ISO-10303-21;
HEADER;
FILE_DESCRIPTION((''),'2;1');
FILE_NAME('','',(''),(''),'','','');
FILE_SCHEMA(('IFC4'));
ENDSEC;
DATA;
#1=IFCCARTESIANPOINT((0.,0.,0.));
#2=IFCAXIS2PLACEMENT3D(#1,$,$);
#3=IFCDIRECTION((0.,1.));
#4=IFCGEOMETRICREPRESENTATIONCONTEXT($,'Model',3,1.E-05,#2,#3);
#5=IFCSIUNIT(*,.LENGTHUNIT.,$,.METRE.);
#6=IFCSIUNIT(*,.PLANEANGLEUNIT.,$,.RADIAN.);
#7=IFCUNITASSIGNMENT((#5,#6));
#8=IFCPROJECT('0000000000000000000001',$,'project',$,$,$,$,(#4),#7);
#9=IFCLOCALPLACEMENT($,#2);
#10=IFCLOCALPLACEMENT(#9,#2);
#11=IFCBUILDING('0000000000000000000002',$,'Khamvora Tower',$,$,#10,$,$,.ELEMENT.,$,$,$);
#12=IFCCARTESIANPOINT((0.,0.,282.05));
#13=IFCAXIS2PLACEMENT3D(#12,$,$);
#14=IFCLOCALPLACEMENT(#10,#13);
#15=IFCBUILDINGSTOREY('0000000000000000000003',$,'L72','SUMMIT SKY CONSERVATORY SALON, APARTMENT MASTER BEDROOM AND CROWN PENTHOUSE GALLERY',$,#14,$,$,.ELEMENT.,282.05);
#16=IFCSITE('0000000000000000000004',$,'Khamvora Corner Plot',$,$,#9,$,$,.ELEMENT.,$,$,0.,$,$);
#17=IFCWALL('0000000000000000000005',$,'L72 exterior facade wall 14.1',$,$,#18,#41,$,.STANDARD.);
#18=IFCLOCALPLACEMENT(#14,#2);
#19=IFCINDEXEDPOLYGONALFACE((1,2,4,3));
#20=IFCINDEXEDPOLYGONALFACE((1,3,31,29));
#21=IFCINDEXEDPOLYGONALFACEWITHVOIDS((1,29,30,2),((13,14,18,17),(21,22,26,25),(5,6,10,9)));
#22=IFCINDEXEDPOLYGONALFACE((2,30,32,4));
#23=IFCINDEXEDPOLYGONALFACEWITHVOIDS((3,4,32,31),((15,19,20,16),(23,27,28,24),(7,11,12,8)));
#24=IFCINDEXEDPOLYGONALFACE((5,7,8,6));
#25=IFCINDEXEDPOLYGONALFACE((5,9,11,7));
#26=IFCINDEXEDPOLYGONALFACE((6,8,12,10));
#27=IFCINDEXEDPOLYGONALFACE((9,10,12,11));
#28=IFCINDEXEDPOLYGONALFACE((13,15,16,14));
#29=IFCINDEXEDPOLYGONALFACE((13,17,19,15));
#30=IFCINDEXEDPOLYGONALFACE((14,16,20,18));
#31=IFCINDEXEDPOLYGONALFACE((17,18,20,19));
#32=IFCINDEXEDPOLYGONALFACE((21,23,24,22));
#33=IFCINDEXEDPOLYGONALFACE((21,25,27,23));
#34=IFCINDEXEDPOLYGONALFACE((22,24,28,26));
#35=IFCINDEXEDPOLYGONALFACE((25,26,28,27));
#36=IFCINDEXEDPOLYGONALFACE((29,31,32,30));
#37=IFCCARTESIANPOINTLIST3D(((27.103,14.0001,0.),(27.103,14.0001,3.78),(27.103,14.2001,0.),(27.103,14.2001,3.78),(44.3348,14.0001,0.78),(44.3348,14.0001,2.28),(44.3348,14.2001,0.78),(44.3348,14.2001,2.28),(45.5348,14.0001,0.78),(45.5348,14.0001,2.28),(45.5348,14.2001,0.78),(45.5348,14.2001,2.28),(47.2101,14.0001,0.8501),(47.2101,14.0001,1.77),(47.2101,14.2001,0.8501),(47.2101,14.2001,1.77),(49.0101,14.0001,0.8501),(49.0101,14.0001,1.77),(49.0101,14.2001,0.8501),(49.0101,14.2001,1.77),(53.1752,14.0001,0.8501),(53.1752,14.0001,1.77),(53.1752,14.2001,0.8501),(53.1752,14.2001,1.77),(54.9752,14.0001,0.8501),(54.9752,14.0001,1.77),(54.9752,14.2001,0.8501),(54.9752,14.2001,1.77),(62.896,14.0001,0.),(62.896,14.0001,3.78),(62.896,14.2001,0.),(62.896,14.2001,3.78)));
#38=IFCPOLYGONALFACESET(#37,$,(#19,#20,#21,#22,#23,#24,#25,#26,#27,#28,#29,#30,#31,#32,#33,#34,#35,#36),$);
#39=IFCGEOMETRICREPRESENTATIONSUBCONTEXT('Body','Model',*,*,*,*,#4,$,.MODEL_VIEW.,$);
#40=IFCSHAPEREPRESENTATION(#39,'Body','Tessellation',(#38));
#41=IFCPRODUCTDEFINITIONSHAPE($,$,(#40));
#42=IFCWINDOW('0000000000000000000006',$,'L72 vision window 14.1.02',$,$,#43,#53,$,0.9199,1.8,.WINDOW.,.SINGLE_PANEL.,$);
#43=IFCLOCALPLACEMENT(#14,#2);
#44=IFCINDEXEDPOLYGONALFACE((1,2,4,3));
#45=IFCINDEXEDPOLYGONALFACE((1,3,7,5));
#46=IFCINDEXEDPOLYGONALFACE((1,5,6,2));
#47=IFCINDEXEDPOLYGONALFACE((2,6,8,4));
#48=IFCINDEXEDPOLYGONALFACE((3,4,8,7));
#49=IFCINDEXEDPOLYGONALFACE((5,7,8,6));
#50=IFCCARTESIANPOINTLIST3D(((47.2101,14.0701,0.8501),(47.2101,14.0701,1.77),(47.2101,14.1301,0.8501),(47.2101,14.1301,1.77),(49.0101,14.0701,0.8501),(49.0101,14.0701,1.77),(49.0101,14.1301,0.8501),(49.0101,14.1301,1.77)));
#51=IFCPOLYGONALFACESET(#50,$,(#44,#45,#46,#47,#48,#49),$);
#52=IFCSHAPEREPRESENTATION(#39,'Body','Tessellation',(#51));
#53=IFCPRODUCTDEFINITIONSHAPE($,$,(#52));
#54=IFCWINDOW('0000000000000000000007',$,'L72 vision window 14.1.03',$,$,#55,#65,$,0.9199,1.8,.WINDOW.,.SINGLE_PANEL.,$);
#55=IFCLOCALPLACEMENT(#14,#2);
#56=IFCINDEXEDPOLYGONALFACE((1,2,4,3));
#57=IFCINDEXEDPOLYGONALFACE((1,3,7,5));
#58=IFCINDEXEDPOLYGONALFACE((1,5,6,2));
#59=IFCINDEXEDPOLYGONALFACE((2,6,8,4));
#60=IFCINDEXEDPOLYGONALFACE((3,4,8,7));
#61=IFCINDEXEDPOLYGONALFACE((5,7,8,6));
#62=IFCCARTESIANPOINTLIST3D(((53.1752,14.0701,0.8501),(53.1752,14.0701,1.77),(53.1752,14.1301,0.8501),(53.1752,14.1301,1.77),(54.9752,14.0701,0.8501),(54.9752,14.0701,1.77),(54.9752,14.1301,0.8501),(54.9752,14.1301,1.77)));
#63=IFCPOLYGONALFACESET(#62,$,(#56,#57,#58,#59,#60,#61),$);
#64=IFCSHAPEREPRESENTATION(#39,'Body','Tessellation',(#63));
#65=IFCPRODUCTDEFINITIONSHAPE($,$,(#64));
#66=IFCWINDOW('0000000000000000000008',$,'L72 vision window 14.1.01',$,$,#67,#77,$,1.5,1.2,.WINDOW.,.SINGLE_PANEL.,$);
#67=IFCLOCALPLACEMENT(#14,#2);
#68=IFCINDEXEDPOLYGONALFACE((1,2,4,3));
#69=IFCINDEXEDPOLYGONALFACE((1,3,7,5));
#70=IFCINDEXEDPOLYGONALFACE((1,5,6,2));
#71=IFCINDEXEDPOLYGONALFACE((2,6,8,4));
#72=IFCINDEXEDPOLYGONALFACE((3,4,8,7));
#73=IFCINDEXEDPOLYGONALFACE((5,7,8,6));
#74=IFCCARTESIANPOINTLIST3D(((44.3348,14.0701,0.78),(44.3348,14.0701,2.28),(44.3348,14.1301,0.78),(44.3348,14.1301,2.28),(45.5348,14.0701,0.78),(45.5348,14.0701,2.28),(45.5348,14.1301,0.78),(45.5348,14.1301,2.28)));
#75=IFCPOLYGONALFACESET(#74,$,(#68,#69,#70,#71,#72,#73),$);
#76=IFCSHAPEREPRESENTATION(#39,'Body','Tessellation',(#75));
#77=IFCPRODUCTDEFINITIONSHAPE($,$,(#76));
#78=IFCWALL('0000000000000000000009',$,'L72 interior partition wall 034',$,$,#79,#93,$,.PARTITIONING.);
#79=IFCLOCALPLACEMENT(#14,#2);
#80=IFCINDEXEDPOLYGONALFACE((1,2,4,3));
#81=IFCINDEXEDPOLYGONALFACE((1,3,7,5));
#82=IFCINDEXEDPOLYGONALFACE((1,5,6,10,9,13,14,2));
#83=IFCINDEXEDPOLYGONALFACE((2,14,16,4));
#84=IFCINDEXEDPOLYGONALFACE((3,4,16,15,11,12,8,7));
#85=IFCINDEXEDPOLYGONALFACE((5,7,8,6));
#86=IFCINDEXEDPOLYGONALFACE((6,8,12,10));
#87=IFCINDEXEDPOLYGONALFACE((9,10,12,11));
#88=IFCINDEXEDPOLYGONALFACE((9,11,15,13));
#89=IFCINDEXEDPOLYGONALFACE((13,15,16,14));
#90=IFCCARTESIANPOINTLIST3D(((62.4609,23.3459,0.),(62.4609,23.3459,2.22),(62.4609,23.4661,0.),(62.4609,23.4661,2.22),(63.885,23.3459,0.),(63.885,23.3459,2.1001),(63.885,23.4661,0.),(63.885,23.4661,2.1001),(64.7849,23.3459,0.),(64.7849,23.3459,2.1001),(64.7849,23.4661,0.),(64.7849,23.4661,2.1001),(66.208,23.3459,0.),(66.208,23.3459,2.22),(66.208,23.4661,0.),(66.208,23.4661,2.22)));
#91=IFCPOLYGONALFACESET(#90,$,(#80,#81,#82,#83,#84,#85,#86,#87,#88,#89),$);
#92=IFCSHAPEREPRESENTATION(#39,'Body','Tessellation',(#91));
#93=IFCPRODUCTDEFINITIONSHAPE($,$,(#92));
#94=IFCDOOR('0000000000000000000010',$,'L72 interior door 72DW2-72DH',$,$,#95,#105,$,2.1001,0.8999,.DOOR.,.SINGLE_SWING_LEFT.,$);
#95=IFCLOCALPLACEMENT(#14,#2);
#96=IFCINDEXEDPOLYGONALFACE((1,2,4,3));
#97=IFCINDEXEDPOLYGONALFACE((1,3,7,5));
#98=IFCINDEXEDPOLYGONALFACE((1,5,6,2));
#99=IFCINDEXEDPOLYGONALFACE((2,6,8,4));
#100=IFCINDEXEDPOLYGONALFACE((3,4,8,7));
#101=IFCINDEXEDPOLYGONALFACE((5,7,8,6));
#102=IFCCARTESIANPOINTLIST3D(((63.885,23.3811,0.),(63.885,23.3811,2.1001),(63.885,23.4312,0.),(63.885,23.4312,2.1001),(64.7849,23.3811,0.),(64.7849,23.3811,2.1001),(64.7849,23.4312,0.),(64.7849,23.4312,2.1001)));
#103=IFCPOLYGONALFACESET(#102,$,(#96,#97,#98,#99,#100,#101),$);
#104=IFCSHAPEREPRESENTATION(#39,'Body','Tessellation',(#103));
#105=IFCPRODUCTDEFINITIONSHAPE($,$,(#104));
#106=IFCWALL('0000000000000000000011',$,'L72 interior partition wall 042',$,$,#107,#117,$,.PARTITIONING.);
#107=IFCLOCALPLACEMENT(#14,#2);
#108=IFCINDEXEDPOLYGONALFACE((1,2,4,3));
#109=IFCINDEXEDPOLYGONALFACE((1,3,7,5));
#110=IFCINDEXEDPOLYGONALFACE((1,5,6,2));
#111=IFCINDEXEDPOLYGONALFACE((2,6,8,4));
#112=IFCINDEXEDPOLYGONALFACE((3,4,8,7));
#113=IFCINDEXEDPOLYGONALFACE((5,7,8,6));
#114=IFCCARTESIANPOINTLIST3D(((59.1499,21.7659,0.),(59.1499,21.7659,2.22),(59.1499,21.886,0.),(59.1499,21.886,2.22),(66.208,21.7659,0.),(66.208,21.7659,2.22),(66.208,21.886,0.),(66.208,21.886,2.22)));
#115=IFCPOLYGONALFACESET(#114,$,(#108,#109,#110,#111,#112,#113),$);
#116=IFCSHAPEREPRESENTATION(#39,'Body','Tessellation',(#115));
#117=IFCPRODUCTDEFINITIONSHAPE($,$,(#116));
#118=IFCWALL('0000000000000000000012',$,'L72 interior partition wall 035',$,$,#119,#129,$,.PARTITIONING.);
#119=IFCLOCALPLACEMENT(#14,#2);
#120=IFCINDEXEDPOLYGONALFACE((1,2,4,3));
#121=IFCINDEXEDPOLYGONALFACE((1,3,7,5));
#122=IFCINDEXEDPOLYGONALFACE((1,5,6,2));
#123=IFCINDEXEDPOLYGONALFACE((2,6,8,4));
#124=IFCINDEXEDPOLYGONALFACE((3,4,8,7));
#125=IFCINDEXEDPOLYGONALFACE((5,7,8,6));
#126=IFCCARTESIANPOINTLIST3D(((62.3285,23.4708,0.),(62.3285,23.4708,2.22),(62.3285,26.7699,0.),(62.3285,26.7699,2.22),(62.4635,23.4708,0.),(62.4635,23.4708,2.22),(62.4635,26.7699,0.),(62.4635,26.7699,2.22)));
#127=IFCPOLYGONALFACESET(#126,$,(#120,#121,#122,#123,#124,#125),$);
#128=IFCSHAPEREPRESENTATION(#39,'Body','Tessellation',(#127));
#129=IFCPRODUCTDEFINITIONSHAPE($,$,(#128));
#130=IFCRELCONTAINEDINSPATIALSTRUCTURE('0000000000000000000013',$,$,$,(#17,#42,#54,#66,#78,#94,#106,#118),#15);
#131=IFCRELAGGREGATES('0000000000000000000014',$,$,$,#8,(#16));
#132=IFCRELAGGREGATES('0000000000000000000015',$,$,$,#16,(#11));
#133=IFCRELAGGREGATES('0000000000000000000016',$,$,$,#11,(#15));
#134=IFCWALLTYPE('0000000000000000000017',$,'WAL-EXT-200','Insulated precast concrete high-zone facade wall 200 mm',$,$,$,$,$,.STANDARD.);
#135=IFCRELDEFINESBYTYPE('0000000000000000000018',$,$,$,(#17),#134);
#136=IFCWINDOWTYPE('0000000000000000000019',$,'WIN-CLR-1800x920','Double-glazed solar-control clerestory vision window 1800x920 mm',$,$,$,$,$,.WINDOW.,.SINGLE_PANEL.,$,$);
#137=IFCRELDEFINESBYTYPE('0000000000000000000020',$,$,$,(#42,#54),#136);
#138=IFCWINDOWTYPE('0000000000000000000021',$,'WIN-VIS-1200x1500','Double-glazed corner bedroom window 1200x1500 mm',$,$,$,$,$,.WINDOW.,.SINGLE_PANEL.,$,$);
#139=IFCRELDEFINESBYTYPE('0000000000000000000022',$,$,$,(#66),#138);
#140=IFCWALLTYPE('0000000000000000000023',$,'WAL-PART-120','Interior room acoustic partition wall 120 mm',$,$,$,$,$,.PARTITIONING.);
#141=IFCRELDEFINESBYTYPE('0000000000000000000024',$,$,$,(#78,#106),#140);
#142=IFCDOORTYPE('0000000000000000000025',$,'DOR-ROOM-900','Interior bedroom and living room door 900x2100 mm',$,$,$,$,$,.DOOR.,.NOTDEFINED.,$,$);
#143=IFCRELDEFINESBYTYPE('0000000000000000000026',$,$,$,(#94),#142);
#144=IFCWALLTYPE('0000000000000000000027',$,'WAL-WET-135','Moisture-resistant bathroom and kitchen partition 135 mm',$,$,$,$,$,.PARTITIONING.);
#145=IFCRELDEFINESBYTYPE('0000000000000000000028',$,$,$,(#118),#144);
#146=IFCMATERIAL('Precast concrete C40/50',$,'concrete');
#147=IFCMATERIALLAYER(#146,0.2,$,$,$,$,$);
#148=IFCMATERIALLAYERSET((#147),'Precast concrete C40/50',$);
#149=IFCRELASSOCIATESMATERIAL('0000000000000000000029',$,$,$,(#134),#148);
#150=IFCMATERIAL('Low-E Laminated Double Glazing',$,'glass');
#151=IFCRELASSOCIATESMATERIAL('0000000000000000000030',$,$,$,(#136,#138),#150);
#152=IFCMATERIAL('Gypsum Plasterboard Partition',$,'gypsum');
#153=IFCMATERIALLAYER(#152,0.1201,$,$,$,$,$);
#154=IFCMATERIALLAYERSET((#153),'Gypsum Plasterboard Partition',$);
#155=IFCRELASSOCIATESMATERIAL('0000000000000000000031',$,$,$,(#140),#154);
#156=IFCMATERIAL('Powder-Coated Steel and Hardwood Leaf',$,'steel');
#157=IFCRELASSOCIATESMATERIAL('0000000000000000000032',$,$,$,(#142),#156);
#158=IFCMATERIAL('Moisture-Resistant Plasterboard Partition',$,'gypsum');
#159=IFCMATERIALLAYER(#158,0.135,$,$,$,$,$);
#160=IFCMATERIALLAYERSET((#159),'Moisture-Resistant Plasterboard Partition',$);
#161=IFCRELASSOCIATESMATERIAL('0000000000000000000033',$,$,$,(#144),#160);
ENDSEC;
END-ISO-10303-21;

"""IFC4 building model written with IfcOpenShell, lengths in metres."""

from ifc_helpers import new_model, si_unit, direction, frame, frame_2d, origin, place, context, subcontext, project, spatial, rectangle, extrude, material, layer, layer_set, type_object, element, fill, save


model = new_model("IFC4")

# Units and contexts
model_context = context("Model", 3, precision=1e-05, world=origin(), true_north=direction((0.0, 1.0)))
body_context = subcontext(model_context, "Body", "Model", "MODEL_VIEW")
ifc_project = project(units=[si_unit("LENGTHUNIT", "METRE"), si_unit("PLANEANGLEUNIT", "RADIAN")], contexts=[model_context])

# Site, building, storey
site_placement = place(None, origin())
site = spatial("IfcSite", under=ifc_project, at=site_placement, Name="Khamvora Corner Plot", CompositionType="ELEMENT", RefElevation=0.0)
building_placement = place(site_placement, origin())
building = spatial("IfcBuilding", under=site, at=building_placement, Name="Khamvora Tower", CompositionType="ELEMENT")
storey_placement = place(building_placement, frame((0.0, 0.0, 282.05)))
storey = spatial("IfcBuildingStorey", under=building, at=storey_placement, Name="L72", Description="SUMMIT SKY CONSERVATORY SALON, APARTMENT MASTER BEDROOM AND CROWN PENTHOUSE GALLERY", CompositionType="ELEMENT", Elevation=282.05)

# Shared definitions
ifc_material_1 = material(Name="Precast concrete C40/50", Category="concrete")
ifc_layer_1 = layer(ifc_material_1, 0.2)
ifc_layer_set_1 = layer_set([ifc_layer_1], Name="Precast concrete C40/50")
wall_type_1 = type_object("IfcWallType", Name="WAL-EXT-200", Description="Insulated precast concrete high-zone facade wall 200 mm", PredefinedType="STANDARD", material=ifc_layer_set_1)
ifc_material_2 = material(Name="Low-E Laminated Double Glazing", Category="glass")
window_type_1 = type_object("IfcWindowType", Name="WIN-CLR-1800x920", Description="Double-glazed solar-control clerestory vision window 1800x920 mm", PartitioningType="SINGLE_PANEL", PredefinedType="WINDOW", material=ifc_material_2)
window_type_2 = type_object("IfcWindowType", Name="WIN-VIS-1200x1500", Description="Double-glazed corner bedroom window 1200x1500 mm", PartitioningType="SINGLE_PANEL", PredefinedType="WINDOW", material=ifc_material_2)

# Wall, openings, windows
wall_1_placement = place(storey_placement, frame((62.896, 14.1001, 0.0), z_axis=(0.0, 0.0, 1.0), x_axis=(-1.0, 0.0, 0.0)))
wall_1 = element("IfcWall", 1, at=wall_1_placement, inside=storey, type_object=wall_type_1, Name="L72 exterior facade wall 14.1", PredefinedType="STANDARD", context=body_context, shape_type="SweptSolid", body=[
    extrude(rectangle(XDim=35.793, YDim=0.2, at=frame_2d((17.8965, 0.0))), origin(), (0.0, 0.0, 1.0), 3.78),
])
opening_1_placement = place(wall_1_placement, frame((17.3611, 0.0, 0.78)))
opening_1 = element("IfcOpeningElement", 2, at=opening_1_placement, cuts=wall_1, PredefinedType="OPENING", context=body_context, shape_type="SweptSolid", body=[
    extrude(rectangle(XDim=1.2, YDim=1.5, at=frame_2d((0.6001, 0.75))), frame((0.0, 0.1099, 0.0), z_axis=(0.0, -1.0, 0.0), x_axis=(1.0, 0.0, 0.0)), (0.0, 0.0, 1.0), 0.22),
])
opening_2_placement = place(wall_1_placement, frame((13.886, 0.0, 0.8501)))
opening_2 = element("IfcOpeningElement", 3, at=opening_2_placement, cuts=wall_1, PredefinedType="OPENING", context=body_context, shape_type="SweptSolid", body=[
    extrude(rectangle(XDim=1.8, YDim=0.9199, at=frame_2d((0.8999, 0.46))), frame((0.0, 0.1099, 0.0), z_axis=(0.0, -1.0, 0.0), x_axis=(1.0, 0.0, 0.0)), (0.0, 0.0, 1.0), 0.22),
])
opening_3_placement = place(wall_1_placement, frame((7.9209, 0.0, 0.8501)))
opening_3 = element("IfcOpeningElement", 4, at=opening_3_placement, cuts=wall_1, PredefinedType="OPENING", context=body_context, shape_type="SweptSolid", body=[
    extrude(rectangle(XDim=1.8, YDim=0.9199, at=frame_2d((0.8999, 0.46))), frame((0.0, 0.1099, 0.0), z_axis=(0.0, -1.0, 0.0), x_axis=(1.0, 0.0, 0.0)), (0.0, 0.0, 1.0), 0.22),
])
window_1_placement = place(opening_2_placement, origin())
window_1 = element("IfcWindow", 5, at=window_1_placement, inside=storey, type_object=window_type_1, Name="L72 vision window 14.1.02", OverallHeight=0.9199, OverallWidth=1.8, PartitioningType="SINGLE_PANEL", PredefinedType="WINDOW", context=body_context, shape_type="SweptSolid", body=[
    extrude(rectangle(XDim=1.8, YDim=0.9199, at=frame_2d((0.8999, 0.46))), frame((0.0, 0.03, 0.0), z_axis=(0.0, -1.0, 0.0), x_axis=(1.0, 0.0, 0.0)), (0.0, 0.0, 1.0), 0.0601),
])
fill(opening_2, window_1)
window_2_placement = place(opening_3_placement, origin())
window_2 = element("IfcWindow", 6, at=window_2_placement, inside=storey, type_object=window_type_1, Name="L72 vision window 14.1.03", OverallHeight=0.9199, OverallWidth=1.8, PartitioningType="SINGLE_PANEL", PredefinedType="WINDOW", context=body_context, shape_type="SweptSolid", body=[
    extrude(rectangle(XDim=1.8, YDim=0.9199, at=frame_2d((0.8999, 0.46))), frame((0.0, 0.03, 0.0), z_axis=(0.0, -1.0, 0.0), x_axis=(1.0, 0.0, 0.0)), (0.0, 0.0, 1.0), 0.0601),
])
fill(opening_3, window_2)
window_3_placement = place(opening_1_placement, origin())
window_3 = element("IfcWindow", 7, at=window_3_placement, inside=storey, type_object=window_type_2, Name="L72 vision window 14.1.01", OverallHeight=1.5, OverallWidth=1.2, PartitioningType="SINGLE_PANEL", PredefinedType="WINDOW", context=body_context, shape_type="SweptSolid", body=[
    extrude(rectangle(XDim=1.2, YDim=1.5, at=frame_2d((0.6001, 0.75))), frame((0.0, 0.03, 0.0), z_axis=(0.0, -1.0, 0.0), x_axis=(1.0, 0.0, 0.0)), (0.0, 0.0, 1.0), 0.0601),
])
fill(opening_1, window_3)

# Wall, opening, door
ifc_material_3 = material(Name="Gypsum Plasterboard Partition", Category="gypsum")
ifc_layer_2 = layer(ifc_material_3, 0.1201)
ifc_layer_set_2 = layer_set([ifc_layer_2], Name="Gypsum Plasterboard Partition")
wall_type_2 = type_object("IfcWallType", Name="WAL-PART-120", Description="Interior room acoustic partition wall 120 mm", PredefinedType="PARTITIONING", material=ifc_layer_set_2)
wall_2_placement = place(storey_placement, frame((66.208, 23.406, 0.0), z_axis=(0.0, 0.0, 1.0), x_axis=(-1.0, 0.0, 0.0)))
wall_2 = element("IfcWall", 8, at=wall_2_placement, inside=storey, type_object=wall_type_2, Name="L72 interior partition wall 034", PredefinedType="PARTITIONING", context=body_context, shape_type="SweptSolid", body=[
    extrude(rectangle(XDim=3.7471, YDim=0.1201, at=frame_2d((1.8735, 0.0))), origin(), (0.0, 0.0, 1.0), 2.22),
])
opening_4_placement = place(wall_2_placement, frame((1.4231, 0.0, 0.0)))
opening_4 = element("IfcOpeningElement", 9, at=opening_4_placement, cuts=wall_2, PredefinedType="OPENING", context=body_context, shape_type="SweptSolid", body=[
    extrude(rectangle(XDim=0.8999, YDim=2.1001, at=frame_2d((0.45, 1.05))), frame((0.0, 0.0701, 0.0), z_axis=(0.0, -1.0, 0.0), x_axis=(1.0, 0.0, 0.0)), (0.0, 0.0, 1.0), 0.1401),
])
ifc_material_4 = material(Name="Powder-Coated Steel and Hardwood Leaf", Category="steel")
door_type = type_object("IfcDoorType", Name="DOR-ROOM-900", Description="Interior bedroom and living room door 900x2100 mm", OperationType="NOTDEFINED", PredefinedType="DOOR", material=ifc_material_4)
door_placement = place(opening_4_placement, origin())
door = element("IfcDoor", 10, at=door_placement, inside=storey, type_object=door_type, Name="L72 interior door 72DW2-72DH", OperationType="SINGLE_SWING_LEFT", OverallHeight=2.1001, OverallWidth=0.8999, PredefinedType="DOOR", context=body_context, shape_type="SweptSolid", body=[
    extrude(rectangle(XDim=0.8999, YDim=2.1001, at=frame_2d((0.45, 1.05))), frame((0.0, 0.0249, 0.0), z_axis=(0.0, -1.0, 0.0), x_axis=(1.0, 0.0, 0.0)), (0.0, 0.0, 1.0), 0.05),
])
fill(opening_4, door)

# Walls
wall_3_placement = place(storey_placement, frame((66.208, 21.8259, 0.0), z_axis=(0.0, 0.0, 1.0), x_axis=(-1.0, 0.0, 0.0)))
element("IfcWall", 11, at=wall_3_placement, inside=storey, type_object=wall_type_2, Name="L72 interior partition wall 042", PredefinedType="PARTITIONING", context=body_context, shape_type="SweptSolid", body=[
    extrude(rectangle(XDim=7.0581, YDim=0.1201, at=frame_2d((3.5291, 0.0))), origin(), (0.0, 0.0, 1.0), 2.22),
])
ifc_material_5 = material(Name="Moisture-Resistant Plasterboard Partition", Category="gypsum")
ifc_layer_3 = layer(ifc_material_5, 0.135)
ifc_layer_set_3 = layer_set([ifc_layer_3], Name="Moisture-Resistant Plasterboard Partition")
wall_type_3 = type_object("IfcWallType", Name="WAL-WET-135", Description="Moisture-resistant bathroom and kitchen partition 135 mm", PredefinedType="PARTITIONING", material=ifc_layer_set_3)
wall_4_placement = place(storey_placement, frame((62.396, 23.4709, 0.0), z_axis=(0.0, 0.0, 1.0), x_axis=(0.0, 1.0, 0.0)))
element("IfcWall", 12, at=wall_4_placement, inside=storey, type_object=wall_type_3, Name="L72 interior partition wall 035", PredefinedType="PARTITIONING", context=body_context, shape_type="SweptSolid", body=[
    extrude(rectangle(XDim=3.2991, YDim=0.135, at=frame_2d((1.6494, 0.0))), origin(), (0.0, 0.0, 1.0), 2.22),
])

save(model, "model.ifc")
